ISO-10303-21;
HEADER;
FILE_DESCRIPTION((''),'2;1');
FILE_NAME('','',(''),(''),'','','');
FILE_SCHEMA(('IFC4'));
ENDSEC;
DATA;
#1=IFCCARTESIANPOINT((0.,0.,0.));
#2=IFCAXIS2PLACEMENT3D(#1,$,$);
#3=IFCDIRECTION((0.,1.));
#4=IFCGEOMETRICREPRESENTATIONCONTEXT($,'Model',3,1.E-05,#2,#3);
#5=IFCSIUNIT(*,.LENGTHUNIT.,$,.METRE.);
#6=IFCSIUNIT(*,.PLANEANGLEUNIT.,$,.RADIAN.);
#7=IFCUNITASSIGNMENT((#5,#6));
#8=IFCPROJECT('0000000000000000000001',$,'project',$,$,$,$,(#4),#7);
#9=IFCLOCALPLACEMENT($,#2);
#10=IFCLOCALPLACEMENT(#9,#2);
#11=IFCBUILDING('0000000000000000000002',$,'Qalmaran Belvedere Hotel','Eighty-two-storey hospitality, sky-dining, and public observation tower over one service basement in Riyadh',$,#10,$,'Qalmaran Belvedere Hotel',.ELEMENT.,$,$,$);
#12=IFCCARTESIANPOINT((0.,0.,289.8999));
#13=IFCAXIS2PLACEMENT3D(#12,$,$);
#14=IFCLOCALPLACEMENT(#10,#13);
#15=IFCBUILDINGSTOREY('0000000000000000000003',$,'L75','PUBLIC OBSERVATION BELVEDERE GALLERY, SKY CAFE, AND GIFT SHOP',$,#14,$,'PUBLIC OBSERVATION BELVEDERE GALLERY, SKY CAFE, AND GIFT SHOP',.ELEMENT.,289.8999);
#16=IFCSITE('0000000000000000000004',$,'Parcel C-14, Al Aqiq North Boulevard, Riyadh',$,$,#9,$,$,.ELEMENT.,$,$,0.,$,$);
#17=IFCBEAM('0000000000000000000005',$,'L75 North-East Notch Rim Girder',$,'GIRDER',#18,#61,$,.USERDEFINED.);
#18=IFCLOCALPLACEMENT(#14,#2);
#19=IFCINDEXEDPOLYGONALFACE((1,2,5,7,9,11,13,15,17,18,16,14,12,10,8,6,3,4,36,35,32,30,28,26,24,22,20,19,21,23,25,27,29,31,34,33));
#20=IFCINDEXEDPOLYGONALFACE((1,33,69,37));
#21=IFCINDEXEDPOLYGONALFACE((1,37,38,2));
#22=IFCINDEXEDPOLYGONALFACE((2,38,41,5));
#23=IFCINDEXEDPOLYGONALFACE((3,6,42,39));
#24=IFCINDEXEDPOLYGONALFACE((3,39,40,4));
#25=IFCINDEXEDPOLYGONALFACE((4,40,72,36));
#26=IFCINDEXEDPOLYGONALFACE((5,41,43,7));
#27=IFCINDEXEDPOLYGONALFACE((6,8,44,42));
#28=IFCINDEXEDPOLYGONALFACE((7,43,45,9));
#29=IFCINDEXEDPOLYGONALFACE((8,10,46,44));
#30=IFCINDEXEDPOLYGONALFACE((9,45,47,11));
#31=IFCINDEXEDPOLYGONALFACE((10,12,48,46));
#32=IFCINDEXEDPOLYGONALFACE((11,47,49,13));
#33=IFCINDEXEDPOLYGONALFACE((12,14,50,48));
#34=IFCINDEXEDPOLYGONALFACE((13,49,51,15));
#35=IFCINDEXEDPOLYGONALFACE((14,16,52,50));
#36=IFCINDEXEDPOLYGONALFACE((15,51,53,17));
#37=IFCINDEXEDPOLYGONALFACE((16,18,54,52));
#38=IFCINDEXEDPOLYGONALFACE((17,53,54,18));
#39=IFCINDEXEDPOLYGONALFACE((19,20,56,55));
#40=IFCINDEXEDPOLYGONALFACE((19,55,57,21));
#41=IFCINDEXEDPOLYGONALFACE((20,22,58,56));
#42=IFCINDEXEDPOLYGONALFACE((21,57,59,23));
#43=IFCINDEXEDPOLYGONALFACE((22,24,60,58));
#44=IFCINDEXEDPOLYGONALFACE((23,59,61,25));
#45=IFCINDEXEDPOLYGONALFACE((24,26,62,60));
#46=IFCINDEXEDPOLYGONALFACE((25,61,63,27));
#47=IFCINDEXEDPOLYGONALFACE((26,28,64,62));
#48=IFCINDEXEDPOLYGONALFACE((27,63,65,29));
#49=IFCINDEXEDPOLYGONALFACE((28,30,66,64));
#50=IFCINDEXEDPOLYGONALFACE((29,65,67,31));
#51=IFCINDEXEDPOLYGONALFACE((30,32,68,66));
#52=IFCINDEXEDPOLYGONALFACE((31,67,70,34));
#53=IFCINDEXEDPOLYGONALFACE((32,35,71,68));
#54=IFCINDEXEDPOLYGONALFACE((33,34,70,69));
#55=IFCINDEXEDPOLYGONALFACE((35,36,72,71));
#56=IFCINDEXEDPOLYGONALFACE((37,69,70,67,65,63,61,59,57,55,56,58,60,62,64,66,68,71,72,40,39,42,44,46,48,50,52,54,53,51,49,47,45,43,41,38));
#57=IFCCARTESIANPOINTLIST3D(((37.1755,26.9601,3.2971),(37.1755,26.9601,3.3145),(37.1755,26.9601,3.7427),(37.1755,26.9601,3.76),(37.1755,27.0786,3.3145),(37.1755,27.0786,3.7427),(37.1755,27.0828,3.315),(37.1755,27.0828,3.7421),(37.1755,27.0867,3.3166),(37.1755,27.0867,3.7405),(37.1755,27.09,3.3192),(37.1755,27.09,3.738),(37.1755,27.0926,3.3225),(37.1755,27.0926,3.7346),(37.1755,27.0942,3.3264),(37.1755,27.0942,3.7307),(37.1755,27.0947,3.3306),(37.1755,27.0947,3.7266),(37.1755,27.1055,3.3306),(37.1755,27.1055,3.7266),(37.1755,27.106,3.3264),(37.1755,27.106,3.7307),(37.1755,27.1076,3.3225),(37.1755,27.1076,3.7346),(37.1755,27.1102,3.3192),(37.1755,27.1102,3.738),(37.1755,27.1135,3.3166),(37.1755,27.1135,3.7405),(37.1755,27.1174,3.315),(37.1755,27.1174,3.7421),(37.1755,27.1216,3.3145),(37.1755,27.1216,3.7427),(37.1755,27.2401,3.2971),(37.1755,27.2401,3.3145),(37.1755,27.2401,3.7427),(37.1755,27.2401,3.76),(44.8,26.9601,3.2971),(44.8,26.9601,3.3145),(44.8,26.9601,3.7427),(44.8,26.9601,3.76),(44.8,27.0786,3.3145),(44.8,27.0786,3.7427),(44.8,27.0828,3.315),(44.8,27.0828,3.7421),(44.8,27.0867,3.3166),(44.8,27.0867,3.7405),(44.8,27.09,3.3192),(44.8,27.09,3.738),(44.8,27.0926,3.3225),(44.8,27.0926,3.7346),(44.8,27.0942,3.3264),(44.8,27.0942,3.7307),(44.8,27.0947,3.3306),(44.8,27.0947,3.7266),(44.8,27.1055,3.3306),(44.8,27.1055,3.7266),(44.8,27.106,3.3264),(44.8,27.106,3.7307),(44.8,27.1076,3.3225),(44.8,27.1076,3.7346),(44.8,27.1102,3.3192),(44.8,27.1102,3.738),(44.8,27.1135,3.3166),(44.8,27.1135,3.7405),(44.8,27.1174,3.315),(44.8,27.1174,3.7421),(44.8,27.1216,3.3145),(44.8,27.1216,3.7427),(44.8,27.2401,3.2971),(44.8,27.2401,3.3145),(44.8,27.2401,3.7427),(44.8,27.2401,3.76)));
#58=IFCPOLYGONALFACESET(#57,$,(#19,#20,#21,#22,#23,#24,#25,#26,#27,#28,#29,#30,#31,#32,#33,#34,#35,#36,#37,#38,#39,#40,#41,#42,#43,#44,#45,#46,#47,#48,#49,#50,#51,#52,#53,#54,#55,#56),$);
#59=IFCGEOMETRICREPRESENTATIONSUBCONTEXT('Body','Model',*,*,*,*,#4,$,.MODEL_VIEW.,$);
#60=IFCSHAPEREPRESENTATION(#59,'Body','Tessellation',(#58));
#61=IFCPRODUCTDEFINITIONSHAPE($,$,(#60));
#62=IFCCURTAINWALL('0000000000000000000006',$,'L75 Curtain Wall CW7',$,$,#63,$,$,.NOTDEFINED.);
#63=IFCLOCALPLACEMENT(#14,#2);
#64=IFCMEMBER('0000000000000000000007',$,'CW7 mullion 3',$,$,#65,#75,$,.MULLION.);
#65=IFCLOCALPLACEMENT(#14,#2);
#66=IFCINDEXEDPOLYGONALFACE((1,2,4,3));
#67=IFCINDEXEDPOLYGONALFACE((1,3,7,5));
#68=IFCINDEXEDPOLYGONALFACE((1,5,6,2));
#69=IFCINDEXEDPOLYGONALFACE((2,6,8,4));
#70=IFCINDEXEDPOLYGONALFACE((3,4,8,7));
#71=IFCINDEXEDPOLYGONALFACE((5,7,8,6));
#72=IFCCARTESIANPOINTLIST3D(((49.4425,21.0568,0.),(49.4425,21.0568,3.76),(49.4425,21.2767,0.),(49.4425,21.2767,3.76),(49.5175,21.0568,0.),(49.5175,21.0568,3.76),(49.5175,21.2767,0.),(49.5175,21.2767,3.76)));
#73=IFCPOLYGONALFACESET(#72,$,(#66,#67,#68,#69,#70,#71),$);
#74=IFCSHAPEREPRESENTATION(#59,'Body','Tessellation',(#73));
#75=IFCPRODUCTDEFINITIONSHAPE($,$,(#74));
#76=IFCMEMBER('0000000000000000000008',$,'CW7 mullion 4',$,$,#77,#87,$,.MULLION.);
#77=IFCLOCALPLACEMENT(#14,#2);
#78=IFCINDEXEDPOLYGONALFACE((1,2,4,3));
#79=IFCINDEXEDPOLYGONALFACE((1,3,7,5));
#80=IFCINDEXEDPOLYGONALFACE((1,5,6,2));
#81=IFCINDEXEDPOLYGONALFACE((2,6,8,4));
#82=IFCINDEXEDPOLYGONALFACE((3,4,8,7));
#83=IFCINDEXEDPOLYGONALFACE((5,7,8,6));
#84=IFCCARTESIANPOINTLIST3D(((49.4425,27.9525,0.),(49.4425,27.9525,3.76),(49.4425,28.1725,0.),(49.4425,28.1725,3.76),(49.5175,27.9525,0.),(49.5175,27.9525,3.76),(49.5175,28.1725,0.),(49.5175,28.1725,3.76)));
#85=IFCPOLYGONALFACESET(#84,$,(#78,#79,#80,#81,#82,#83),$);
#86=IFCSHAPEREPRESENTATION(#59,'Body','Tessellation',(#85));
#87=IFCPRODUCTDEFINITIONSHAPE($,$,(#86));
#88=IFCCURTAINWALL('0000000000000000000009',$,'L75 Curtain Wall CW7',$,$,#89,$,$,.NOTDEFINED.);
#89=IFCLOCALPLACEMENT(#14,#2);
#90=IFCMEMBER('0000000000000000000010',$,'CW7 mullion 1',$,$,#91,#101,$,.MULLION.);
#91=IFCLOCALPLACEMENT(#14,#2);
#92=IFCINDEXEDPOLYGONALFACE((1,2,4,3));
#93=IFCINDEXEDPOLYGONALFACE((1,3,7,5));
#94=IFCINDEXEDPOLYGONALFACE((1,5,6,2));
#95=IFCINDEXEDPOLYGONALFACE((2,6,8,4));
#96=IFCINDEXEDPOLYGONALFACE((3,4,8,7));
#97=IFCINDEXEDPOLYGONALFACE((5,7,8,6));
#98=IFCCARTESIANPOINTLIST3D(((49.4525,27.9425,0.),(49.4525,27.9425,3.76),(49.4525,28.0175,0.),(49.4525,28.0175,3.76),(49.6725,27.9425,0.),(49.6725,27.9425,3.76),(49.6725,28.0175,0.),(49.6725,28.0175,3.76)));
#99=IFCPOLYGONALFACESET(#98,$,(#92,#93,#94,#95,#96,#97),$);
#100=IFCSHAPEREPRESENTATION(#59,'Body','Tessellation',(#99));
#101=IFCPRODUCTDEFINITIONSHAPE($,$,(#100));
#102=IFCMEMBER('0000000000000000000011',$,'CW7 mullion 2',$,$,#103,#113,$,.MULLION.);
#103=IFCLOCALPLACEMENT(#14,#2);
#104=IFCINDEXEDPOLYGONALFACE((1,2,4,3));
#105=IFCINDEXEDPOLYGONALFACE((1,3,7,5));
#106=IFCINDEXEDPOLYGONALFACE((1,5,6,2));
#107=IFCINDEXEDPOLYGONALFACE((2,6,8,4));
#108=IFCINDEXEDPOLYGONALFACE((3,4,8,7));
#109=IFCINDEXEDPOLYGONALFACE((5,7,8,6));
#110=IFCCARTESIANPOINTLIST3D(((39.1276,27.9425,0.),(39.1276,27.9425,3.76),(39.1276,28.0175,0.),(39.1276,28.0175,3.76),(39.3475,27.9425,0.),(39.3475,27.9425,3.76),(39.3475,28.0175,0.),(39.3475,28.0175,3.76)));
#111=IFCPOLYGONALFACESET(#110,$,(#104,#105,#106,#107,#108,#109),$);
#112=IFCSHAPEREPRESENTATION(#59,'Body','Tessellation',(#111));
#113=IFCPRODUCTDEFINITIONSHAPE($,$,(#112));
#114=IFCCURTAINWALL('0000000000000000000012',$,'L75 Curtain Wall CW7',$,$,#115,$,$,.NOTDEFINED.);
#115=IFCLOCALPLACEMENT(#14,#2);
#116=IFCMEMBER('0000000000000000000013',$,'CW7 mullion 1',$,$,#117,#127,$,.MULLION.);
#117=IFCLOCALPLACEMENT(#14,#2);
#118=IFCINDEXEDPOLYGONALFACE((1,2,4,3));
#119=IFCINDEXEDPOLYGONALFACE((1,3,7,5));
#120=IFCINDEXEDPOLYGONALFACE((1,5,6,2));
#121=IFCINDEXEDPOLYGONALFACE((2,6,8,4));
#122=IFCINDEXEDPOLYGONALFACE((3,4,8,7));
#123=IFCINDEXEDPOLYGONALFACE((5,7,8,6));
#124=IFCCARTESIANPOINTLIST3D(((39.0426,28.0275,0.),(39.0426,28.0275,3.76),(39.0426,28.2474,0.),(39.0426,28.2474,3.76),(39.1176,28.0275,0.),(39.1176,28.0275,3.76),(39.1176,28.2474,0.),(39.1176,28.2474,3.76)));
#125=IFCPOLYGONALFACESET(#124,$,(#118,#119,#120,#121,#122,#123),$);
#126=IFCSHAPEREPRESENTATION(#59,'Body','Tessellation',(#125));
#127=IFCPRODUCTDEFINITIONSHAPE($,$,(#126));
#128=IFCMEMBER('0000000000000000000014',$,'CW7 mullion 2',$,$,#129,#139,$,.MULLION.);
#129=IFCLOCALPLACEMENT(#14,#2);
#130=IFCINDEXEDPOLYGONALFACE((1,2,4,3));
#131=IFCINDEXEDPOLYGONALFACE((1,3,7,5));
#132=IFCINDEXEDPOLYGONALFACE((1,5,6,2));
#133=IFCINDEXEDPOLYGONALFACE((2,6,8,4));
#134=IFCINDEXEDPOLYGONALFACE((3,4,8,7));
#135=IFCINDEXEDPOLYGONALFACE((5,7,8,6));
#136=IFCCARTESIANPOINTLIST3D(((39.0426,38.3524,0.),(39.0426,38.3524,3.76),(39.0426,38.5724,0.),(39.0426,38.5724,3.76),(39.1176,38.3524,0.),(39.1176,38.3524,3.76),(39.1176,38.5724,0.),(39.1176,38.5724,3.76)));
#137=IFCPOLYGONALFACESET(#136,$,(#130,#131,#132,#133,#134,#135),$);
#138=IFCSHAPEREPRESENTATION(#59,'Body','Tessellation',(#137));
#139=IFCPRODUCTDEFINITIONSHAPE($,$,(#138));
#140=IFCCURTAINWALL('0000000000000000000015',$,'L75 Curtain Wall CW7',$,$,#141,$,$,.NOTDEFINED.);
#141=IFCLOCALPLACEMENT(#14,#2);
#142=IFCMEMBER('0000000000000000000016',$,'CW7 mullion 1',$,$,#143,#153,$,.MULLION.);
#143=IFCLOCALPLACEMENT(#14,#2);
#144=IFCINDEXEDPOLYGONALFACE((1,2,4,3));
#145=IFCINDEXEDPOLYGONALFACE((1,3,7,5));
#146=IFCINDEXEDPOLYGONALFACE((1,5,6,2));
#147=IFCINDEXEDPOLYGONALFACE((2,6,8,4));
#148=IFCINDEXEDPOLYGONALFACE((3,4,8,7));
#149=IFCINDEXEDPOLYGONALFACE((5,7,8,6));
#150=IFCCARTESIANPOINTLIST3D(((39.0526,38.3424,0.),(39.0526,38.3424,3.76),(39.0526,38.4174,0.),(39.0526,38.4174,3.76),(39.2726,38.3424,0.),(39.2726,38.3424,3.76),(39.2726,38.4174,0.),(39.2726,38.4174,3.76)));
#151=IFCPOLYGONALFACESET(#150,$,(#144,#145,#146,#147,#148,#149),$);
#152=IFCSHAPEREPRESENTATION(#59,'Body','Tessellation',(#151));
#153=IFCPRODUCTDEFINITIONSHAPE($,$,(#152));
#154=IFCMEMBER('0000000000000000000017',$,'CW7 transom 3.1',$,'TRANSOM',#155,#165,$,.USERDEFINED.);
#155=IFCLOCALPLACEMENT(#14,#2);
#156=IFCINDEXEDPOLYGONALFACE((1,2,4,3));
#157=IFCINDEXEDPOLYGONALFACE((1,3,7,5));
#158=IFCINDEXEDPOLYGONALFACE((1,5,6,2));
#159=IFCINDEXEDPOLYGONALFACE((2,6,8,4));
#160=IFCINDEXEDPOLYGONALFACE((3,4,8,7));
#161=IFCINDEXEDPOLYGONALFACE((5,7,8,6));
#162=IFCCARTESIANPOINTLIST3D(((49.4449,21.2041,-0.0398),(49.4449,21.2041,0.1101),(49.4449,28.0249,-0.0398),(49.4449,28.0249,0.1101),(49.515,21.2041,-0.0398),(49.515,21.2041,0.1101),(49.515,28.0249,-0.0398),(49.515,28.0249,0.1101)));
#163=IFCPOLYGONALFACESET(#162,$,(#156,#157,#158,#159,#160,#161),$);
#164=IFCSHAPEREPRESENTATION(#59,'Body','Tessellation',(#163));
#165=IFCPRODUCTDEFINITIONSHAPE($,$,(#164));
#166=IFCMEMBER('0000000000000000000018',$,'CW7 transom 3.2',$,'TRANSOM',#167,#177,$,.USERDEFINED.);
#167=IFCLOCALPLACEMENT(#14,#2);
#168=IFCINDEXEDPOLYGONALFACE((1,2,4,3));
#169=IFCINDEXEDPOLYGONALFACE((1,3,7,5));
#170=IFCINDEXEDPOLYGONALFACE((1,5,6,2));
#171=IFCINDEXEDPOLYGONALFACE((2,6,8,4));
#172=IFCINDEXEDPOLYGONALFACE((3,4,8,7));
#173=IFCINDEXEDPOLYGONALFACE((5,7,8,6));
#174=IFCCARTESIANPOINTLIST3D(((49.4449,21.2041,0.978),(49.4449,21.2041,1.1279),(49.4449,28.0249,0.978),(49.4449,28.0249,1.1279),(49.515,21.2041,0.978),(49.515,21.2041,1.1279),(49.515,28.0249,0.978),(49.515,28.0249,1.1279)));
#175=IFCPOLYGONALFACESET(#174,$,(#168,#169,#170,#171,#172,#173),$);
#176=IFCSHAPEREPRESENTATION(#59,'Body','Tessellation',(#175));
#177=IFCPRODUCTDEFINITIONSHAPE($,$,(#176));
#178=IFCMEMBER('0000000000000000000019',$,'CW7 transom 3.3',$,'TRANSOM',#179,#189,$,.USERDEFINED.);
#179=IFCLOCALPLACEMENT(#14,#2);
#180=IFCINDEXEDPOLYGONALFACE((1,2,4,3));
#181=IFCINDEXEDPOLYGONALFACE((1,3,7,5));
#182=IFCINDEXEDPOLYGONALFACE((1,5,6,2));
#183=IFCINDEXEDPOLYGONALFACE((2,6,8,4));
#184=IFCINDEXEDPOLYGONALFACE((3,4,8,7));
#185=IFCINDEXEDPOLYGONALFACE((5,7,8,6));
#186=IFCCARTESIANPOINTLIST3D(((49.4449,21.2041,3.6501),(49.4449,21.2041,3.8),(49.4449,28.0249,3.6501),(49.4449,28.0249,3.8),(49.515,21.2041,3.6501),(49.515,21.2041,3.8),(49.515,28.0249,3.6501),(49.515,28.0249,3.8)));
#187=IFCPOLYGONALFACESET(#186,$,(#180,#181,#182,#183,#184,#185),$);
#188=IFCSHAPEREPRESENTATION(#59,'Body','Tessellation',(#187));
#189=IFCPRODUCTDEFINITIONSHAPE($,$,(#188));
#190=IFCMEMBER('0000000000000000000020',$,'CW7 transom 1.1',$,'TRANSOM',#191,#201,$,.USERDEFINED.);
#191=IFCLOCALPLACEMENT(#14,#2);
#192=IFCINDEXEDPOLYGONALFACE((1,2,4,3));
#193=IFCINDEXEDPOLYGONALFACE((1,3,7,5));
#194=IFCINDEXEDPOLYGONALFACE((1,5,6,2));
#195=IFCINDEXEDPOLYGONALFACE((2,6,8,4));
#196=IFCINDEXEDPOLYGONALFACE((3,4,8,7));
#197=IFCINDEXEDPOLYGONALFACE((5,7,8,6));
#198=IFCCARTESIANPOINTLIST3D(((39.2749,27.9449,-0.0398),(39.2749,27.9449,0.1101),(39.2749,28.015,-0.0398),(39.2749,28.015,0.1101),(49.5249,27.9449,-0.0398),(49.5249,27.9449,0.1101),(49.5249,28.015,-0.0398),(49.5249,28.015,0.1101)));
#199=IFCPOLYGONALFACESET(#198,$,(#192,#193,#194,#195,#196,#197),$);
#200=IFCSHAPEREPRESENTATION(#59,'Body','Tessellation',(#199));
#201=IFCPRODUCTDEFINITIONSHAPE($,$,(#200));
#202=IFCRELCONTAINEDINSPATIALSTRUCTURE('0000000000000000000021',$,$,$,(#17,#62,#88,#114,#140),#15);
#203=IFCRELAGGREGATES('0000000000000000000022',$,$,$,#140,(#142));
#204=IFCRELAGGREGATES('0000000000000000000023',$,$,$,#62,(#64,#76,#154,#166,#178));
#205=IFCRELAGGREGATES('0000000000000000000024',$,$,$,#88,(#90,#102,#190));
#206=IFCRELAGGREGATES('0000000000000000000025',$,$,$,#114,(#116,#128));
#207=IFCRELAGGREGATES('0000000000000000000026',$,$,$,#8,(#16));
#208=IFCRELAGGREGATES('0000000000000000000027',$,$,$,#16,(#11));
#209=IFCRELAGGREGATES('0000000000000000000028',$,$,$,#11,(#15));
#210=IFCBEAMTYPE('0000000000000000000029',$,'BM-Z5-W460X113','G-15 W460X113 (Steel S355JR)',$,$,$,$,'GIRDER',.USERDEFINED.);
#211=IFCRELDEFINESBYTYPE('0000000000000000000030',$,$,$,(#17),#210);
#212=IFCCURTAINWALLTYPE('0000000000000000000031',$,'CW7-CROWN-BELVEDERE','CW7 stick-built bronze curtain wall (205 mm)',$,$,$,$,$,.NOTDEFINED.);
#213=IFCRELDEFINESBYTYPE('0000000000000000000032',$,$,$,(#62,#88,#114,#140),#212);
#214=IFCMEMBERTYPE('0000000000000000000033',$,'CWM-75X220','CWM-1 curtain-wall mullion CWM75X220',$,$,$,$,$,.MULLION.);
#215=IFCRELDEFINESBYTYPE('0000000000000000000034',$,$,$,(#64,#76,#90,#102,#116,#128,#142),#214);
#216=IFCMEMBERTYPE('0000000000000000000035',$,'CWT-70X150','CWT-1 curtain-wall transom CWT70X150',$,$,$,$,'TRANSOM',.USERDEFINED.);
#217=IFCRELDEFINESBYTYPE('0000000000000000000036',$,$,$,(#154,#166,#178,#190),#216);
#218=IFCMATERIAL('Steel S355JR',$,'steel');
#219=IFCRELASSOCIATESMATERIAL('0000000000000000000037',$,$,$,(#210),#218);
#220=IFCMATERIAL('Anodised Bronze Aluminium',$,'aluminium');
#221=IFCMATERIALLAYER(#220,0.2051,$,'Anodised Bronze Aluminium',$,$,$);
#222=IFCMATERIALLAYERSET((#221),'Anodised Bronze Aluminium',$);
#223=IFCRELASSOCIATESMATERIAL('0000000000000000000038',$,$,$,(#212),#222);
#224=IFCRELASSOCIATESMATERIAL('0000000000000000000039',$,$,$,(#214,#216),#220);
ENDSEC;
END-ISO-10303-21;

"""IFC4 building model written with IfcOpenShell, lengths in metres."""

from ifc_helpers import new_model, si_unit, direction, frame, origin, origin_2d, place, context, subcontext, project, spatial, rectangle, i_section, extrude, material, layer, layer_set, material_profile, profile_set, type_object, element, aggregate, save


model = new_model("IFC4")

# Units and contexts
model_context = context("Model", 3, precision=1e-05, world=origin(), true_north=direction((0.0, 1.0)))
body_context = subcontext(model_context, "Body", "Model", "MODEL_VIEW")
ifc_project = project(units=[si_unit("LENGTHUNIT", "METRE"), si_unit("PLANEANGLEUNIT", "RADIAN")], contexts=[model_context])

# Site, building, storey
site_placement = place(None, origin())
site = spatial("IfcSite", under=ifc_project, at=site_placement, Name="Parcel C-14, Al Aqiq North Boulevard, Riyadh", CompositionType="ELEMENT", RefElevation=0.0)
building_placement = place(site_placement, origin())
building = spatial("IfcBuilding", under=site, at=building_placement, Name="Qalmaran Belvedere Hotel", Description="Eighty-two-storey hospitality, sky-dining, and public observation tower over one service basement in Riyadh", LongName="Qalmaran Belvedere Hotel", CompositionType="ELEMENT")
storey_placement = place(building_placement, frame((0.0, 0.0, 289.8999)))
storey = spatial("IfcBuildingStorey", under=building, at=storey_placement, Name="L75", Description="PUBLIC OBSERVATION BELVEDERE GALLERY, SKY CAFE, AND GIFT SHOP", LongName="PUBLIC OBSERVATION BELVEDERE GALLERY, SKY CAFE, AND GIFT SHOP", CompositionType="ELEMENT", Elevation=289.8999)

# Beam
ifc_material_1 = material(Name="Steel S355JR", Category="steel")
ifc_material_profile_1 = material_profile(ifc_material_1, i_section(OverallWidth=0.28, OverallDepth=0.4629, WebThickness=0.0107, FlangeThickness=0.0173, FilletRadius=0.0161, at=origin_2d()), Name="W460X113")
ifc_profile_set_1 = profile_set([ifc_material_profile_1], Name="Steel S355JR")
beam_type_1 = type_object("IfcBeamType", Name="BM-Z5-W460X113", Description="G-15 W460X113 (Steel S355JR)", ElementType="GIRDER", PredefinedType="USERDEFINED", material=ifc_profile_set_1)
beam_1_placement = place(storey_placement, frame((37.1755, 27.1001, 3.5286), z_axis=(1.0, 0.0, 0.0), x_axis=(0.0, 1.0, 0.0)))
element("IfcBeam", 1, at=beam_1_placement, inside=storey, type_object=beam_type_1, Name="L75 North-East Notch Rim Girder", ObjectType="GIRDER", PredefinedType="USERDEFINED", context=body_context, shape_type="SweptSolid", body=[
    extrude(i_section(OverallWidth=0.28, OverallDepth=0.4629, WebThickness=0.0107, FlangeThickness=0.0173, FilletRadius=0.0161, at=origin_2d()), origin(), (0.0, 0.0, 1.0), 7.6245),
])

# Curtain walls, members
ifc_material_2 = material(Name="Anodised Bronze Aluminium", Category="aluminium")
ifc_layer_1 = layer(ifc_material_2, 0.2051, Name="Anodised Bronze Aluminium")
ifc_layer_set_1 = layer_set([ifc_layer_1], Name="Anodised Bronze Aluminium")
curtain_wall_type = type_object("IfcCurtainWallType", Name="CW7-CROWN-BELVEDERE", Description="CW7 stick-built bronze curtain wall (205 mm)", PredefinedType="NOTDEFINED", material=ifc_layer_set_1)
curtain_wall_1_placement = place(storey_placement, origin())
curtain_wall_1 = element("IfcCurtainWall", 2, at=curtain_wall_1_placement, inside=storey, type_object=curtain_wall_type, Name="L75 Curtain Wall CW7", PredefinedType="NOTDEFINED")
ifc_material_profile_2 = material_profile(ifc_material_2, rectangle(XDim=0.075, YDim=0.22, at=origin_2d()), Name="CWM75X220")
ifc_profile_set_2 = profile_set([ifc_material_profile_2], Name="Anodised Bronze Aluminium")
member_type_1 = type_object("IfcMemberType", Name="CWM-75X220", Description="CWM-1 curtain-wall mullion CWM75X220", PredefinedType="MULLION", material=ifc_profile_set_2)
member_1_placement = place(storey_placement, frame((49.48, 21.1667, 0.0), z_axis=(0.0, 0.0, 1.0), x_axis=(-1.0, 0.0, 0.0)))
member_1 = element("IfcMember", 3, at=member_1_placement, type_object=member_type_1, Name="CW7 mullion 3", PredefinedType="MULLION", context=body_context, shape_type="SweptSolid", body=[
    extrude(rectangle(XDim=0.075, YDim=0.22, at=origin_2d()), origin(), (0.0, 0.0, 1.0), 3.76),
])
member_2_placement = place(storey_placement, frame((49.48, 28.0625, 0.0), z_axis=(0.0, 0.0, 1.0), x_axis=(-1.0, 0.0, 0.0)))
member_2 = element("IfcMember", 4, at=member_2_placement, type_object=member_type_1, Name="CW7 mullion 4", PredefinedType="MULLION", context=body_context, shape_type="SweptSolid", body=[
    extrude(rectangle(XDim=0.075, YDim=0.22, at=origin_2d()), origin(), (0.0, 0.0, 1.0), 3.76),
])
curtain_wall_2_placement = place(storey_placement, origin())
curtain_wall_2 = element("IfcCurtainWall", 5, at=curtain_wall_2_placement, inside=storey, type_object=curtain_wall_type, Name="L75 Curtain Wall CW7", PredefinedType="NOTDEFINED")
member_3_placement = place(storey_placement, frame((49.5625, 27.98, 0.0), z_axis=(0.0, 0.0, 1.0), x_axis=(0.0, -1.0, 0.0)))
member_3 = element("IfcMember", 6, at=member_3_placement, type_object=member_type_1, Name="CW7 mullion 1", PredefinedType="MULLION", context=body_context, shape_type="SweptSolid", body=[
    extrude(rectangle(XDim=0.075, YDim=0.22, at=origin_2d()), origin(), (0.0, 0.0, 1.0), 3.76),
])
member_4_placement = place(storey_placement, frame((39.2375, 27.98, 0.0), z_axis=(0.0, 0.0, 1.0), x_axis=(0.0, -1.0, 0.0)))
member_4 = element("IfcMember", 7, at=member_4_placement, type_object=member_type_1, Name="CW7 mullion 2", PredefinedType="MULLION", context=body_context, shape_type="SweptSolid", body=[
    extrude(rectangle(XDim=0.075, YDim=0.22, at=origin_2d()), origin(), (0.0, 0.0, 1.0), 3.76),
])
curtain_wall_3_placement = place(storey_placement, origin())
curtain_wall_3 = element("IfcCurtainWall", 8, at=curtain_wall_3_placement, inside=storey, type_object=curtain_wall_type, Name="L75 Curtain Wall CW7", PredefinedType="NOTDEFINED")
member_5_placement = place(storey_placement, frame((39.0801, 28.1375, 0.0), z_axis=(0.0, 0.0, 1.0), x_axis=(-1.0, 0.0, 0.0)))
member_5 = element("IfcMember", 9, at=member_5_placement, type_object=member_type_1, Name="CW7 mullion 1", PredefinedType="MULLION", context=body_context, shape_type="SweptSolid", body=[
    extrude(rectangle(XDim=0.075, YDim=0.22, at=origin_2d()), origin(), (0.0, 0.0, 1.0), 3.76),
])
member_6_placement = place(storey_placement, frame((39.0801, 38.4624, 0.0), z_axis=(0.0, 0.0, 1.0), x_axis=(-1.0, 0.0, 0.0)))
member_6 = element("IfcMember", 10, at=member_6_placement, type_object=member_type_1, Name="CW7 mullion 2", PredefinedType="MULLION", context=body_context, shape_type="SweptSolid", body=[
    extrude(rectangle(XDim=0.075, YDim=0.22, at=origin_2d()), origin(), (0.0, 0.0, 1.0), 3.76),
])

# Curtain wall, member
curtain_wall_4_placement = place(storey_placement, origin())
curtain_wall_4 = element("IfcCurtainWall", 11, at=curtain_wall_4_placement, inside=storey, type_object=curtain_wall_type, Name="L75 Curtain Wall CW7", PredefinedType="NOTDEFINED")
member_7_placement = place(storey_placement, frame((39.1626, 38.3799, 0.0), z_axis=(0.0, 0.0, 1.0), x_axis=(0.0, -1.0, 0.0)))
member_7 = element("IfcMember", 12, at=member_7_placement, type_object=member_type_1, Name="CW7 mullion 1", PredefinedType="MULLION", context=body_context, shape_type="SweptSolid", body=[
    extrude(rectangle(XDim=0.075, YDim=0.22, at=origin_2d()), origin(), (0.0, 0.0, 1.0), 3.76),
])

# Members
ifc_material_profile_3 = material_profile(ifc_material_2, rectangle(XDim=0.0701, YDim=0.1499, at=origin_2d()), Name="CWT70X150")
ifc_profile_set_3 = profile_set([ifc_material_profile_3], Name="Anodised Bronze Aluminium")
member_type_2 = type_object("IfcMemberType", Name="CWT-70X150", Description="CWT-1 curtain-wall transom CWT70X150", ElementType="TRANSOM", PredefinedType="USERDEFINED", material=ifc_profile_set_3)
member_8_placement = place(storey_placement, frame((49.48, 21.2041, 0.0352), z_axis=(0.0, 1.0, 0.0), x_axis=(-1.0, 0.0, 0.0)))
member_8 = element("IfcMember", 13, at=member_8_placement, type_object=member_type_2, Name="CW7 transom 3.1", ObjectType="TRANSOM", PredefinedType="USERDEFINED", context=body_context, shape_type="SweptSolid", body=[
    extrude(rectangle(XDim=0.0701, YDim=0.1499, at=origin_2d()), origin(), (0.0, 0.0, 1.0), 6.8208),
])
member_9_placement = place(storey_placement, frame((49.48, 21.2041, 1.053), z_axis=(0.0, 1.0, 0.0), x_axis=(-1.0, 0.0, 0.0)))
member_9 = element("IfcMember", 14, at=member_9_placement, type_object=member_type_2, Name="CW7 transom 3.2", ObjectType="TRANSOM", PredefinedType="USERDEFINED", context=body_context, shape_type="SweptSolid", body=[
    extrude(rectangle(XDim=0.0701, YDim=0.1499, at=origin_2d()), origin(), (0.0, 0.0, 1.0), 6.8208),
])
member_10_placement = place(storey_placement, frame((49.48, 21.2041, 3.7251), z_axis=(0.0, 1.0, 0.0), x_axis=(-1.0, 0.0, 0.0)))
member_10 = element("IfcMember", 15, at=member_10_placement, type_object=member_type_2, Name="CW7 transom 3.3", ObjectType="TRANSOM", PredefinedType="USERDEFINED", context=body_context, shape_type="SweptSolid", body=[
    extrude(rectangle(XDim=0.0701, YDim=0.1499, at=origin_2d()), origin(), (0.0, 0.0, 1.0), 6.8208),
])
member_11_placement = place(storey_placement, frame((49.5249, 27.98, 0.0352), z_axis=(-1.0, 0.0, 0.0), x_axis=(0.0, -1.0, 0.0)))
member_11 = element("IfcMember", 16, at=member_11_placement, type_object=member_type_2, Name="CW7 transom 1.1", ObjectType="TRANSOM", PredefinedType="USERDEFINED", context=body_context, shape_type="SweptSolid", body=[
    extrude(rectangle(XDim=0.0701, YDim=0.1499, at=origin_2d()), origin(), (0.0, 0.0, 1.0), 10.25),
])
aggregate(curtain_wall_4, [member_7])

aggregate(curtain_wall_1, [member_1, member_2, member_8, member_9, member_10])
aggregate(curtain_wall_2, [member_3, member_4, member_11])
aggregate(curtain_wall_3, [member_5, member_6])

save(model, "model.ifc")
